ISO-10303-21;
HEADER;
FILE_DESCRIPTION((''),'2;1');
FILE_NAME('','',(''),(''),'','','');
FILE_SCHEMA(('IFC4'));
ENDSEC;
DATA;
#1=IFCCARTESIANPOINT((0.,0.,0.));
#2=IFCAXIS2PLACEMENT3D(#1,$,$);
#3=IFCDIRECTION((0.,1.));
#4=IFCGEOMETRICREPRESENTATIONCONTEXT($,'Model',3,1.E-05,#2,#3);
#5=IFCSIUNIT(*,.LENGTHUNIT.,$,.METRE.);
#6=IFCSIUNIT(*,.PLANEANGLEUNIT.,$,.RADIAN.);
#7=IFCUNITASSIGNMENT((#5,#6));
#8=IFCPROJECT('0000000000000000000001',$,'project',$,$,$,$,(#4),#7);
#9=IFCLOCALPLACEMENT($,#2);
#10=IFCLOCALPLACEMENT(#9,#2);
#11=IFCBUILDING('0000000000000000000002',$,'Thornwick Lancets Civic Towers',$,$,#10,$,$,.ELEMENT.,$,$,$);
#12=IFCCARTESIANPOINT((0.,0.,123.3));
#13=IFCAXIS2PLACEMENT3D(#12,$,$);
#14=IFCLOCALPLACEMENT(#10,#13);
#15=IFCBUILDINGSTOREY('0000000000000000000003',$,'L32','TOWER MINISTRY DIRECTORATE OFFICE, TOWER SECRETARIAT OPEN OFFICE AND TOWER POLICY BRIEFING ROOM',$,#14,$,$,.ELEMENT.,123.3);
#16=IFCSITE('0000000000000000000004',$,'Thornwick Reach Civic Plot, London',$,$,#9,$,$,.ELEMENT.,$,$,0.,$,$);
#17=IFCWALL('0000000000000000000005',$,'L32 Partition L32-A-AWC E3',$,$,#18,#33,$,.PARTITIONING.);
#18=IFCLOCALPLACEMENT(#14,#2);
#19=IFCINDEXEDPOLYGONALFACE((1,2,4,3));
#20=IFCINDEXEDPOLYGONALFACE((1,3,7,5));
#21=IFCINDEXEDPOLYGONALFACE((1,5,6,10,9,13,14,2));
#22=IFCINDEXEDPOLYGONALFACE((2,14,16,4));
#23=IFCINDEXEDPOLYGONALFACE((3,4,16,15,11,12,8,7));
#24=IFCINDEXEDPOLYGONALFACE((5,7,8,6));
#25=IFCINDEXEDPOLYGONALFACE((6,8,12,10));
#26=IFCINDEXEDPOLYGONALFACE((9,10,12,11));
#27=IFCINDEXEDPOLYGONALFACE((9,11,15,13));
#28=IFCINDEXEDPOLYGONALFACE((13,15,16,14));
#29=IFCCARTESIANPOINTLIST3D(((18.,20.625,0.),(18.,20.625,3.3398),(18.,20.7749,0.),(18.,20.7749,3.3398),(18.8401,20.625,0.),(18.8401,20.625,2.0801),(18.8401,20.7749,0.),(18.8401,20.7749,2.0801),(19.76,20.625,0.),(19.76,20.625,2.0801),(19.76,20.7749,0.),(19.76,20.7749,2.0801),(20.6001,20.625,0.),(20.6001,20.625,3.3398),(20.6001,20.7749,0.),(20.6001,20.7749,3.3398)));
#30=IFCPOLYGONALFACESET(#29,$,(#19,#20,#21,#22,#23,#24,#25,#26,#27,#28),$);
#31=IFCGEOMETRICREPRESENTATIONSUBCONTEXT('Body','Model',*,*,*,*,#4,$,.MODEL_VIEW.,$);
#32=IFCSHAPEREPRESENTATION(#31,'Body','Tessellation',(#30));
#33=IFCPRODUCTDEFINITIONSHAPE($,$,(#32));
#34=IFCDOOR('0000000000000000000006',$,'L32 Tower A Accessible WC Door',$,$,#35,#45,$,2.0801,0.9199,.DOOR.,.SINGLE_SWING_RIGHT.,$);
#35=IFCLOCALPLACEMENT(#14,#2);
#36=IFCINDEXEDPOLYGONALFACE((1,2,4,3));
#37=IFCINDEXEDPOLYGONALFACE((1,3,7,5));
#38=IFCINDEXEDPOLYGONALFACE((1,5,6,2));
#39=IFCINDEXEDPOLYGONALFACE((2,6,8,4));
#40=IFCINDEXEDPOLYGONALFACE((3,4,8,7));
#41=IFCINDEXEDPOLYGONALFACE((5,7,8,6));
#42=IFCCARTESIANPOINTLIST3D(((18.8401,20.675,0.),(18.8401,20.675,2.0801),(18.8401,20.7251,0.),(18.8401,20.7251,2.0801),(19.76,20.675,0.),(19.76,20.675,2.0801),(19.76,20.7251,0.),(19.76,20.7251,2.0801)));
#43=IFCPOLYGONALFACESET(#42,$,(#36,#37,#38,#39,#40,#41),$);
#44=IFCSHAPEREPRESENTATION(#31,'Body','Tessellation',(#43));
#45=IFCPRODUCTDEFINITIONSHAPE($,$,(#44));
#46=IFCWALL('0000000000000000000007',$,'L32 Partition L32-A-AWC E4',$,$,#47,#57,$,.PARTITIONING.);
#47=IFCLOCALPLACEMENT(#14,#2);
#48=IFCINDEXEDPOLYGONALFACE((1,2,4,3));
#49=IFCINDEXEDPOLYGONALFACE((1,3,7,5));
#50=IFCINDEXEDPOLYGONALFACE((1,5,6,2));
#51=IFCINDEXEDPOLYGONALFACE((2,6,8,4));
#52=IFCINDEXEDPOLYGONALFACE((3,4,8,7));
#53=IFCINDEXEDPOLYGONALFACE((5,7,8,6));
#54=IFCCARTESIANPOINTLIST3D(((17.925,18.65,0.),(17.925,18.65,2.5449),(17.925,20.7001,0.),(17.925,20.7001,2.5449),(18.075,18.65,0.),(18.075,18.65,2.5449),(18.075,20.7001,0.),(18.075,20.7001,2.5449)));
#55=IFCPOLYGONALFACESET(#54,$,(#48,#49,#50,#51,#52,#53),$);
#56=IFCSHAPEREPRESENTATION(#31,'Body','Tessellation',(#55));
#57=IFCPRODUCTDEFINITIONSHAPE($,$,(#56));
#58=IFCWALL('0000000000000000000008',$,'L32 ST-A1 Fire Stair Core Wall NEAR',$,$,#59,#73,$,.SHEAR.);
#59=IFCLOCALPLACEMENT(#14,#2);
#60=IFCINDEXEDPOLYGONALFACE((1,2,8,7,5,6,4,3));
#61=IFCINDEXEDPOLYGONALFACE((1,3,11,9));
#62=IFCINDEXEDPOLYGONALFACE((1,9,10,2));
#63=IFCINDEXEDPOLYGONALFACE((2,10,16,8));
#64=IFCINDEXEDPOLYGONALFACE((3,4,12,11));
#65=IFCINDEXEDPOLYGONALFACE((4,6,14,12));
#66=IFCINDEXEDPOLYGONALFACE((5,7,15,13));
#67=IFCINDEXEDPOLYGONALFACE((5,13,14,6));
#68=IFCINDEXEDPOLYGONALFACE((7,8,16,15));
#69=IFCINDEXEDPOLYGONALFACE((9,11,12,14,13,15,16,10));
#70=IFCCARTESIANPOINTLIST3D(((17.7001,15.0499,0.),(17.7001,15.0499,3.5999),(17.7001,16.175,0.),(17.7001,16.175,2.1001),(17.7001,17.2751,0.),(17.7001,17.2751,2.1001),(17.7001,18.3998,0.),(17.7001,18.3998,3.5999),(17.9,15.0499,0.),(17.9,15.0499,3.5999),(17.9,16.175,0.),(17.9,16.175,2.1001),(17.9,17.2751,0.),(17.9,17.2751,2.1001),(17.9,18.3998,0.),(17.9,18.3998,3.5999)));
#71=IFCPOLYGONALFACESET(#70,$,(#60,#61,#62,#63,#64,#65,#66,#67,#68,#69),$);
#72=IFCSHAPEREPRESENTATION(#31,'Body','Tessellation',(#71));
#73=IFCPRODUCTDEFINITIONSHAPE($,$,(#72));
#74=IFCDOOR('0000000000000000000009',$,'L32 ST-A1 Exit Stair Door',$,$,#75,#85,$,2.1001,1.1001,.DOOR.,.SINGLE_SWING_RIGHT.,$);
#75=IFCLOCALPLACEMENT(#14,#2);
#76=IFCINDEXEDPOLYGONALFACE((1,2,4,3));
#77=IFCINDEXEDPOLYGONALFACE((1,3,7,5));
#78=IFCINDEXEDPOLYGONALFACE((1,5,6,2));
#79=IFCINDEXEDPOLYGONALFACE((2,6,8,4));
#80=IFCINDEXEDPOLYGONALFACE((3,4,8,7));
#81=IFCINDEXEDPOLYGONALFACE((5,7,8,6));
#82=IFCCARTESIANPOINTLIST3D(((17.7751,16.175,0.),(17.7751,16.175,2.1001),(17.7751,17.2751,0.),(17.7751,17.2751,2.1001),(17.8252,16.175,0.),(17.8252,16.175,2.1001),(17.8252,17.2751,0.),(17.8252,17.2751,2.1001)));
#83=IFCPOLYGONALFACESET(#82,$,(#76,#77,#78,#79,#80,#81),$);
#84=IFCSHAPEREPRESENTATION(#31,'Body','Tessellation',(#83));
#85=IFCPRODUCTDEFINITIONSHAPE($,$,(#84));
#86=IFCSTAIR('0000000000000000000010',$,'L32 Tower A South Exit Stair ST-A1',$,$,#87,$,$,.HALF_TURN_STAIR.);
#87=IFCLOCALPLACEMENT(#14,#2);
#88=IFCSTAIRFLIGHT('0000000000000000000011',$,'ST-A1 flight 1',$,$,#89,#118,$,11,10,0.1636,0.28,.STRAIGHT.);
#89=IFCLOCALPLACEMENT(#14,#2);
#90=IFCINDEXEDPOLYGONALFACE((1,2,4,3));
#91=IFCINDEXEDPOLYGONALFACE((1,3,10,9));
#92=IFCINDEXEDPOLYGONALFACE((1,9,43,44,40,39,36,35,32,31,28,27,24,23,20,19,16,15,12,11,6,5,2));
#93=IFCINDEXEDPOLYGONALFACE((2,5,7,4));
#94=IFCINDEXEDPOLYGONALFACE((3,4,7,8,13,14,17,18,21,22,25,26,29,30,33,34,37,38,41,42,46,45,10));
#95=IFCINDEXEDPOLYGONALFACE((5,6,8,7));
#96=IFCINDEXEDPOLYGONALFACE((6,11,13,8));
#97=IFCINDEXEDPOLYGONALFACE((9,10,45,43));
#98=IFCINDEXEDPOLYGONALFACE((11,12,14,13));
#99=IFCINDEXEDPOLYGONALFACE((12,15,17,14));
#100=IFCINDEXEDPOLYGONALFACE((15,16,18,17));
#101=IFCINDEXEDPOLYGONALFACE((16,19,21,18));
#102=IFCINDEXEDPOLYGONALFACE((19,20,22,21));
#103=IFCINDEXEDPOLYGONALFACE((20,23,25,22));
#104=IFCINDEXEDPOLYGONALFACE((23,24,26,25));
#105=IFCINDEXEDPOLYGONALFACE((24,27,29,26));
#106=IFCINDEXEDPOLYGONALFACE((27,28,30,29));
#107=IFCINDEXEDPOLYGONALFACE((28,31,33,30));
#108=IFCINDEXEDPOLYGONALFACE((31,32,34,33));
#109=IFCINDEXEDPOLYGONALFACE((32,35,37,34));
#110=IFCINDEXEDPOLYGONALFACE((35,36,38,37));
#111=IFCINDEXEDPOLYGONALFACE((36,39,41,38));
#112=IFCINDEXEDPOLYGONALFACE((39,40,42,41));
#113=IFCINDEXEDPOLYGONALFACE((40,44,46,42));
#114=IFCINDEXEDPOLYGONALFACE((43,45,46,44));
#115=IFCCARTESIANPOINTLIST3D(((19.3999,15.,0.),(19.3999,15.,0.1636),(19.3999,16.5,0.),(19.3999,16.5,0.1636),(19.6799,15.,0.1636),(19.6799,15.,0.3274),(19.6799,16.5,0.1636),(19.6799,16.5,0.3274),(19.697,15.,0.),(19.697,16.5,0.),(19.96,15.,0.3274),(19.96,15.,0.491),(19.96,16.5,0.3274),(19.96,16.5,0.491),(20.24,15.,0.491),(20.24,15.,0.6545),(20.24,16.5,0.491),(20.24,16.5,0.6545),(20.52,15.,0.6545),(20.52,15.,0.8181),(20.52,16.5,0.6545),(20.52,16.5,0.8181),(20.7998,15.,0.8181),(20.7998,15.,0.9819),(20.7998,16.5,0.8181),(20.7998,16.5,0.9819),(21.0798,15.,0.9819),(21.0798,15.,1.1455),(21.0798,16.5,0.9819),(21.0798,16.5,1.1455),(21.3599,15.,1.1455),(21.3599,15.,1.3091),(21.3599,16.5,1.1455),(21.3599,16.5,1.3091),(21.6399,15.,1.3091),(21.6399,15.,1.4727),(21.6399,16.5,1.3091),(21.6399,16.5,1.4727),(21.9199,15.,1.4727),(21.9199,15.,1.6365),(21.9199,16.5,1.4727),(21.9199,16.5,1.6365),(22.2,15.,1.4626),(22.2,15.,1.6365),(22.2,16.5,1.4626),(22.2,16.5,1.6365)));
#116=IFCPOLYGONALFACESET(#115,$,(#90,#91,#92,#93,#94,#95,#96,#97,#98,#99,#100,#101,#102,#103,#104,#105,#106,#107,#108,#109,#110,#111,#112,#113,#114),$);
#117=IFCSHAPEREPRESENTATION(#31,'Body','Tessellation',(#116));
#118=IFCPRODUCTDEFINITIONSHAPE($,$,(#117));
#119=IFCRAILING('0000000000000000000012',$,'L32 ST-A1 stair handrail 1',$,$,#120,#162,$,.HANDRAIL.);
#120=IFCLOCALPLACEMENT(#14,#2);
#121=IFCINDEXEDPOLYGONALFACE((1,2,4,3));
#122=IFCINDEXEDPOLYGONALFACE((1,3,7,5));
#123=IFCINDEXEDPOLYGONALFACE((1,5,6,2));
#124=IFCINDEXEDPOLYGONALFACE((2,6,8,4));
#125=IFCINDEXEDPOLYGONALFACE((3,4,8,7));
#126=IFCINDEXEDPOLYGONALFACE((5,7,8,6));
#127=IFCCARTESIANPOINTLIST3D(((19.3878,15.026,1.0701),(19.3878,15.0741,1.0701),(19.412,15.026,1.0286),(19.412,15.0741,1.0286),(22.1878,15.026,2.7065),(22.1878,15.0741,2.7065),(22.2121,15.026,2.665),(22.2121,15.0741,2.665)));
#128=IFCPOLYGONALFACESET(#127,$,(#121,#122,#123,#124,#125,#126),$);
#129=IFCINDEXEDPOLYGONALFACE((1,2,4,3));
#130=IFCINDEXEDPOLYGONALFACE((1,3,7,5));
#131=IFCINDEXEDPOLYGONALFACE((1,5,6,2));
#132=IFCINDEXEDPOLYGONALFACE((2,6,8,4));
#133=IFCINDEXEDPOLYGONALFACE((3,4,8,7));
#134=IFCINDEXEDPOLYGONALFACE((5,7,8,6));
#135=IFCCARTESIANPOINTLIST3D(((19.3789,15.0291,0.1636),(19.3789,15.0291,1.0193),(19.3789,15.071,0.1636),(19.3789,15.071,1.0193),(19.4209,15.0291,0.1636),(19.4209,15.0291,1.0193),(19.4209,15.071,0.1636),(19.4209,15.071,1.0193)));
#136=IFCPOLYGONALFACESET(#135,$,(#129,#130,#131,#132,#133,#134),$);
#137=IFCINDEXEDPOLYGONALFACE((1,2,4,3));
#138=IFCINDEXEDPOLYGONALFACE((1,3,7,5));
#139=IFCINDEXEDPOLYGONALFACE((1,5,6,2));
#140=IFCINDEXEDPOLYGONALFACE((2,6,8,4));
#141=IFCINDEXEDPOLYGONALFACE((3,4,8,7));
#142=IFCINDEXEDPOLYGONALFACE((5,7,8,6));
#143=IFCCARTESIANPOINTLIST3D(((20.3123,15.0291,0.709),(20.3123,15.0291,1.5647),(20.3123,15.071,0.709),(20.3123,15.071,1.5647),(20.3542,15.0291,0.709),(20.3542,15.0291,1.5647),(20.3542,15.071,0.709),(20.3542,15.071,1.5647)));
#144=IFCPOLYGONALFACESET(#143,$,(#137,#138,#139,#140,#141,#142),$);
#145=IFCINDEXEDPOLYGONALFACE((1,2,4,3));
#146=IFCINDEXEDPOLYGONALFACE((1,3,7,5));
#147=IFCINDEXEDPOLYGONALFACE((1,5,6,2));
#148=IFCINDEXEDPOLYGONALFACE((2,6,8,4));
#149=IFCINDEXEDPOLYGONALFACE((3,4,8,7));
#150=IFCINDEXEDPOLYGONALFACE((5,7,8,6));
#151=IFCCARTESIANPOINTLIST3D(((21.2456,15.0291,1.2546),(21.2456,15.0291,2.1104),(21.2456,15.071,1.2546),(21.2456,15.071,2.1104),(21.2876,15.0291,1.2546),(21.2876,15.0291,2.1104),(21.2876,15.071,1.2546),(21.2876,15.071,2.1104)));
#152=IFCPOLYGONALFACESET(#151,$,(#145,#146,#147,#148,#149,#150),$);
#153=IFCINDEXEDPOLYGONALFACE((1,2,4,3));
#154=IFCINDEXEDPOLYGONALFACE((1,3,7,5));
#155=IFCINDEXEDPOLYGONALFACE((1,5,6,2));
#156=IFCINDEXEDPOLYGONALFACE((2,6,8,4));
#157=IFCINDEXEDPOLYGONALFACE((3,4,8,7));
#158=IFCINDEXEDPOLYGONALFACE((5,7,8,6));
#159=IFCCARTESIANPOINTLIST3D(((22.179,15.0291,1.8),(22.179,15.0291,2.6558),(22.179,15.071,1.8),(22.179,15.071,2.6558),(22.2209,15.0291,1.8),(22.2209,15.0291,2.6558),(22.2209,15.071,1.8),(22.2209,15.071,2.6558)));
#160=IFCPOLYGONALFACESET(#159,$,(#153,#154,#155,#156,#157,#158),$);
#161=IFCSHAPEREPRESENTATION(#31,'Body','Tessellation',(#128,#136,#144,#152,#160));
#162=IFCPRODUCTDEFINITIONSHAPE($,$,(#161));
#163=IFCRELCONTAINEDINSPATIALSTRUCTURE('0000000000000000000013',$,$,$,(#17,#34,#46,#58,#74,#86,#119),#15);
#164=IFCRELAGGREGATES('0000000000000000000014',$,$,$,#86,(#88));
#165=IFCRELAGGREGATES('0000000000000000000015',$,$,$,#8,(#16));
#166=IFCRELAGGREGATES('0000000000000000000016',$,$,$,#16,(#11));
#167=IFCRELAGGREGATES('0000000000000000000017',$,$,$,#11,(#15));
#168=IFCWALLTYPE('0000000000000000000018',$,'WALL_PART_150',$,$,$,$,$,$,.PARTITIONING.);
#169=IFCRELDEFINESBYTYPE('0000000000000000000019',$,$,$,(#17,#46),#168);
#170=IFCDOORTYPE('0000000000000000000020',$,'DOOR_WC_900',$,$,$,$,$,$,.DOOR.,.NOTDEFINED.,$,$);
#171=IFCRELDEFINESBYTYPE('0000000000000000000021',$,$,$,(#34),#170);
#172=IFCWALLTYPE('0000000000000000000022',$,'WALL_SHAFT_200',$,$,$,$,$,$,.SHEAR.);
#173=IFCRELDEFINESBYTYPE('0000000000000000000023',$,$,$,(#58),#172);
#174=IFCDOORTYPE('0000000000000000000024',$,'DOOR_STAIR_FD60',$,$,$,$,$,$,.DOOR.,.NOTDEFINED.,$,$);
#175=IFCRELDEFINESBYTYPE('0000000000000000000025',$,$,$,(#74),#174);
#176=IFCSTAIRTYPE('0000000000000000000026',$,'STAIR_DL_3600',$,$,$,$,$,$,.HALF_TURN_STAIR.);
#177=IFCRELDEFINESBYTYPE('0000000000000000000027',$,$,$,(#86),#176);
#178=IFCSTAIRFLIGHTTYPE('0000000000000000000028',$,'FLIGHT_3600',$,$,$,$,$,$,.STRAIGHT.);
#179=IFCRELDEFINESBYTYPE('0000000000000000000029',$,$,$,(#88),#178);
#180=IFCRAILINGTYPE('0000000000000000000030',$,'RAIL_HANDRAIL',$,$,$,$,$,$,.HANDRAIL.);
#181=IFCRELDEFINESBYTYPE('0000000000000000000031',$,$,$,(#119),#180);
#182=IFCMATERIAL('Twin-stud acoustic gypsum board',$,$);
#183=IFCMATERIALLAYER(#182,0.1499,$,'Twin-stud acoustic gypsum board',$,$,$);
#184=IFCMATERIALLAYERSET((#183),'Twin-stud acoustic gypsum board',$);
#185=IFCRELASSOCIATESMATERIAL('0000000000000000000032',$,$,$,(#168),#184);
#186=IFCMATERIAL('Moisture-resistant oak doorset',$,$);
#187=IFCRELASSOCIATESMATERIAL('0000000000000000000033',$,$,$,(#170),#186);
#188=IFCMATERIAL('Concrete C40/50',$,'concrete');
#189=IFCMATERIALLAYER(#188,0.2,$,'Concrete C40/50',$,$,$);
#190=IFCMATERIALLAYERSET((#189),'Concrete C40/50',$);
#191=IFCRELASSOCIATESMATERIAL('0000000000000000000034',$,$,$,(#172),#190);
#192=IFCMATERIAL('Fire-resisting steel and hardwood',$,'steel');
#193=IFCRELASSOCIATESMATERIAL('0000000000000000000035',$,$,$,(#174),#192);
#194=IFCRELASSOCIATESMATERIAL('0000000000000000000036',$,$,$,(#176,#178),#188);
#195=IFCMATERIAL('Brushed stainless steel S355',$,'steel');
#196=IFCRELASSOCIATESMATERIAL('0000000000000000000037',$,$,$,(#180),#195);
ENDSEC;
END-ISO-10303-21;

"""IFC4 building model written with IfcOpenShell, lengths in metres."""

from ifc_helpers import new_model, si_unit, direction, frame, frame_2d, origin, origin_2d, place, context, subcontext, project, spatial, polyline, rectangle, outline, extrude, material, layer, layer_set, type_object, element, fill, aggregate, save


model = new_model("IFC4")

# Units and contexts
model_context = context("Model", 3, precision=1e-05, world=origin(), true_north=direction((0.0, 1.0)))
body_context = subcontext(model_context, "Body", "Model", "MODEL_VIEW")
ifc_project = project(units=[si_unit("LENGTHUNIT", "METRE"), si_unit("PLANEANGLEUNIT", "RADIAN")], contexts=[model_context])

# Site, building, storey
site_placement = place(None, origin())
site = spatial("IfcSite", under=ifc_project, at=site_placement, Name="Thornwick Reach Civic Plot, London", CompositionType="ELEMENT", RefElevation=0.0)
building_placement = place(site_placement, origin())
building = spatial("IfcBuilding", under=site, at=building_placement, Name="Thornwick Lancets Civic Towers", CompositionType="ELEMENT")
storey_placement = place(building_placement, frame((0.0, 0.0, 123.3)))
storey = spatial("IfcBuildingStorey", under=building, at=storey_placement, Name="L32", Description="TOWER MINISTRY DIRECTORATE OFFICE, TOWER SECRETARIAT OPEN OFFICE AND TOWER POLICY BRIEFING ROOM", CompositionType="ELEMENT", Elevation=123.3)

# Shared definitions
ifc_material_1 = material(Name="Twin-stud acoustic gypsum board")
ifc_layer_1 = layer(ifc_material_1, 0.1499, Name="Twin-stud acoustic gypsum board")
ifc_layer_set_1 = layer_set([ifc_layer_1], Name="Twin-stud acoustic gypsum board")
wall_type_1 = type_object("IfcWallType", Name="WALL_PART_150", PredefinedType="PARTITIONING", material=ifc_layer_set_1)

# Wall, opening, door
wall_1_placement = place(storey_placement, frame((20.6001, 20.7, 0.0), z_axis=(0.0, 0.0, 1.0), x_axis=(-1.0, 0.0, 0.0)))
wall_1 = element("IfcWall", 1, at=wall_1_placement, inside=storey, type_object=wall_type_1, Name="L32 Partition L32-A-AWC E3", PredefinedType="PARTITIONING", context=body_context, shape_type="SweptSolid", body=[
    extrude(rectangle(XDim=2.6001, YDim=0.1499, at=frame_2d((1.3, 0.0))), origin(), (0.0, 0.0, 1.0), 3.3398),
])
opening_1_placement = place(wall_1_placement, frame((0.8401, 0.0, 0.0)))
opening_1 = element("IfcOpeningElement", 2, at=opening_1_placement, cuts=wall_1, PredefinedType="OPENING", context=body_context, shape_type="SweptSolid", body=[
    extrude(rectangle(XDim=0.9199, YDim=2.0801, at=frame_2d((0.46, 1.04))), frame((0.0, 0.085, 0.0), z_axis=(0.0, -1.0, 0.0), x_axis=(1.0, 0.0, 0.0)), (0.0, 0.0, 1.0), 0.1699),
])
ifc_material_2 = material(Name="Moisture-resistant oak doorset")
door_type_1 = type_object("IfcDoorType", Name="DOOR_WC_900", OperationType="NOTDEFINED", PredefinedType="DOOR", material=ifc_material_2)
door_1_placement = place(opening_1_placement, origin())
door_1 = element("IfcDoor", 3, at=door_1_placement, inside=storey, type_object=door_type_1, Name="L32 Tower A Accessible WC Door", OperationType="SINGLE_SWING_RIGHT", OverallHeight=2.0801, OverallWidth=0.9199, PredefinedType="DOOR", context=body_context, shape_type="SweptSolid", body=[
    extrude(rectangle(XDim=0.9199, YDim=2.0801, at=frame_2d((0.46, 1.04))), frame((0.0, 0.0249, 0.0), z_axis=(0.0, -1.0, 0.0), x_axis=(1.0, 0.0, 0.0)), (0.0, 0.0, 1.0), 0.05),
])
fill(opening_1, door_1)

# Wall
wall_2_placement = place(storey_placement, frame((18.0, 20.7, 0.0), z_axis=(0.0, 0.0, 1.0), x_axis=(0.0, -1.0, 0.0)))
element("IfcWall", 4, at=wall_2_placement, inside=storey, type_object=wall_type_1, Name="L32 Partition L32-A-AWC E4", PredefinedType="PARTITIONING", context=body_context, shape_type="SweptSolid", body=[
    extrude(rectangle(XDim=2.05, YDim=0.1499, at=frame_2d((1.0249, 0.0))), origin(), (0.0, 0.0, 1.0), 2.5449),
])

# Wall, opening, door
ifc_material_3 = material(Name="Concrete C40/50", Category="concrete")
ifc_layer_2 = layer(ifc_material_3, 0.2, Name="Concrete C40/50")
ifc_layer_set_2 = layer_set([ifc_layer_2], Name="Concrete C40/50")
wall_type_2 = type_object("IfcWallType", Name="WALL_SHAFT_200", PredefinedType="SHEAR", material=ifc_layer_set_2)
wall_3_placement = place(storey_placement, frame((17.8, 15.05, 0.0), z_axis=(0.0, 0.0, 1.0), x_axis=(0.0, 1.0, 0.0)))
wall_3 = element("IfcWall", 5, at=wall_3_placement, inside=storey, type_object=wall_type_2, Name="L32 ST-A1 Fire Stair Core Wall NEAR", PredefinedType="SHEAR", context=body_context, shape_type="SweptSolid", body=[
    extrude(rectangle(XDim=3.3499, YDim=0.2, at=frame_2d((1.6748, 0.0))), origin(), (0.0, 0.0, 1.0), 3.5999),
])
opening_2_placement = place(wall_3_placement, frame((1.125, 0.0, 0.0)))
opening_2 = element("IfcOpeningElement", 6, at=opening_2_placement, cuts=wall_3, PredefinedType="OPENING", context=body_context, shape_type="SweptSolid", body=[
    extrude(rectangle(XDim=1.1001, YDim=2.1001, at=frame_2d((0.55, 1.05))), frame((0.0, 0.1099, 0.0), z_axis=(0.0, -1.0, 0.0), x_axis=(1.0, 0.0, 0.0)), (0.0, 0.0, 1.0), 0.22),
])
ifc_material_4 = material(Name="Fire-resisting steel and hardwood", Category="steel")
door_type_2 = type_object("IfcDoorType", Name="DOOR_STAIR_FD60", OperationType="NOTDEFINED", PredefinedType="DOOR", material=ifc_material_4)
door_2_placement = place(opening_2_placement, origin())
door_2 = element("IfcDoor", 7, at=door_2_placement, inside=storey, type_object=door_type_2, Name="L32 ST-A1 Exit Stair Door", OperationType="SINGLE_SWING_RIGHT", OverallHeight=2.1001, OverallWidth=1.1001, PredefinedType="DOOR", context=body_context, shape_type="SweptSolid", body=[
    extrude(rectangle(XDim=1.1001, YDim=2.1001, at=frame_2d((0.55, 1.05))), frame((0.0, 0.0249, 0.0), z_axis=(0.0, -1.0, 0.0), x_axis=(1.0, 0.0, 0.0)), (0.0, 0.0, 1.0), 0.05),
])
fill(opening_2, door_2)

# Stair, stair flight
stair_type = type_object("IfcStairType", Name="STAIR_DL_3600", PredefinedType="HALF_TURN_STAIR", material=ifc_material_3)
stair_placement = place(storey_placement, origin())
stair = element("IfcStair", 8, at=stair_placement, inside=storey, type_object=stair_type, Name="L32 Tower A South Exit Stair ST-A1", PredefinedType="HALF_TURN_STAIR")
stair_flight_type = type_object("IfcStairFlightType", Name="FLIGHT_3600", PredefinedType="STRAIGHT", material=ifc_material_3)
stair_flight_placement = place(storey_placement, frame((19.3999, 15.75, 0.0), z_axis=(0.0, 0.0, 1.0), x_axis=(1.0, 0.0, 0.0)))
stair_flight = element("IfcStairFlight", 9, at=stair_flight_placement, type_object=stair_flight_type, Name="ST-A1 flight 1", NumberOfRisers=11, NumberOfTreads=10, PredefinedType="STRAIGHT", RiserHeight=0.1636, TreadLength=0.28, context=body_context, shape_type="SweptSolid", body=[
    extrude(outline(polyline([(0.0, 0.0), (0.0, 0.1636), (0.28, 0.1636), (0.28, 0.3274), (0.5601, 0.3274), (0.5601, 0.491), (0.8401, 0.491), (0.8401, 0.6545), (1.1201, 0.6545), (1.1201, 0.8181), (1.3999, 0.8181), (1.3999, 0.9819), (1.6799, 0.9819), (1.6799, 1.1455), (1.96, 1.1455), (1.96, 1.3091), (2.24, 1.3091), (2.24, 1.4727), (2.52, 1.4727), (2.52, 1.6365), (2.8, 1.6365), (2.8, 1.8), (2.8, 1.4626), (0.2971, 0.0), (0.0, 0.0)])), frame((0.0, 0.75, 0.0), z_axis=(0.0, -1.0, 0.0), x_axis=(1.0, 0.0, 0.0)), (0.0, 0.0, 1.0), 1.5),
])
aggregate(stair, [stair_flight])

# Railing
ifc_material_5 = material(Name="Brushed stainless steel S355", Category="steel")
railing_type_1 = type_object("IfcRailingType", Name="RAIL_HANDRAIL", PredefinedType="HANDRAIL", material=ifc_material_5)
railing_1_placement = place(storey_placement, frame((19.3999, 15.05, 0.1636)))
element("IfcRailing", 10, at=railing_1_placement, inside=storey, type_object=railing_type_1, Name="L32 ST-A1 stair handrail 1", PredefinedType="HANDRAIL", context=body_context, shape_type="SweptSolid", body=[
    extrude(rectangle(XDim=0.0481, YDim=0.0481, at=origin_2d()), frame((0.0, 0.0, 0.8857), z_axis=(0.863361, 0.0, 0.504587), x_axis=(0.0, 1.0, 0.0)), (0.0, 0.0, 1.0), 3.2432),
    extrude(rectangle(XDim=0.042, YDim=0.042, at=origin_2d()), origin(), (0.0, 0.0, 1.0), 0.8557),
    extrude(rectangle(XDim=0.042, YDim=0.042, at=origin_2d()), frame((0.9333, 0.0, 0.5454)), (0.0, 0.0, 1.0), 0.8557),
    extrude(rectangle(XDim=0.042, YDim=0.042, at=origin_2d()), frame((1.8667, 0.0, 1.0911)), (0.0, 0.0, 1.0), 0.8557),
    extrude(rectangle(XDim=0.042, YDim=0.042, at=origin_2d()), frame((2.8, 0.0, 1.6365)), (0.0, 0.0, 1.0), 0.8557),
])

save(model, "model.ifc")
